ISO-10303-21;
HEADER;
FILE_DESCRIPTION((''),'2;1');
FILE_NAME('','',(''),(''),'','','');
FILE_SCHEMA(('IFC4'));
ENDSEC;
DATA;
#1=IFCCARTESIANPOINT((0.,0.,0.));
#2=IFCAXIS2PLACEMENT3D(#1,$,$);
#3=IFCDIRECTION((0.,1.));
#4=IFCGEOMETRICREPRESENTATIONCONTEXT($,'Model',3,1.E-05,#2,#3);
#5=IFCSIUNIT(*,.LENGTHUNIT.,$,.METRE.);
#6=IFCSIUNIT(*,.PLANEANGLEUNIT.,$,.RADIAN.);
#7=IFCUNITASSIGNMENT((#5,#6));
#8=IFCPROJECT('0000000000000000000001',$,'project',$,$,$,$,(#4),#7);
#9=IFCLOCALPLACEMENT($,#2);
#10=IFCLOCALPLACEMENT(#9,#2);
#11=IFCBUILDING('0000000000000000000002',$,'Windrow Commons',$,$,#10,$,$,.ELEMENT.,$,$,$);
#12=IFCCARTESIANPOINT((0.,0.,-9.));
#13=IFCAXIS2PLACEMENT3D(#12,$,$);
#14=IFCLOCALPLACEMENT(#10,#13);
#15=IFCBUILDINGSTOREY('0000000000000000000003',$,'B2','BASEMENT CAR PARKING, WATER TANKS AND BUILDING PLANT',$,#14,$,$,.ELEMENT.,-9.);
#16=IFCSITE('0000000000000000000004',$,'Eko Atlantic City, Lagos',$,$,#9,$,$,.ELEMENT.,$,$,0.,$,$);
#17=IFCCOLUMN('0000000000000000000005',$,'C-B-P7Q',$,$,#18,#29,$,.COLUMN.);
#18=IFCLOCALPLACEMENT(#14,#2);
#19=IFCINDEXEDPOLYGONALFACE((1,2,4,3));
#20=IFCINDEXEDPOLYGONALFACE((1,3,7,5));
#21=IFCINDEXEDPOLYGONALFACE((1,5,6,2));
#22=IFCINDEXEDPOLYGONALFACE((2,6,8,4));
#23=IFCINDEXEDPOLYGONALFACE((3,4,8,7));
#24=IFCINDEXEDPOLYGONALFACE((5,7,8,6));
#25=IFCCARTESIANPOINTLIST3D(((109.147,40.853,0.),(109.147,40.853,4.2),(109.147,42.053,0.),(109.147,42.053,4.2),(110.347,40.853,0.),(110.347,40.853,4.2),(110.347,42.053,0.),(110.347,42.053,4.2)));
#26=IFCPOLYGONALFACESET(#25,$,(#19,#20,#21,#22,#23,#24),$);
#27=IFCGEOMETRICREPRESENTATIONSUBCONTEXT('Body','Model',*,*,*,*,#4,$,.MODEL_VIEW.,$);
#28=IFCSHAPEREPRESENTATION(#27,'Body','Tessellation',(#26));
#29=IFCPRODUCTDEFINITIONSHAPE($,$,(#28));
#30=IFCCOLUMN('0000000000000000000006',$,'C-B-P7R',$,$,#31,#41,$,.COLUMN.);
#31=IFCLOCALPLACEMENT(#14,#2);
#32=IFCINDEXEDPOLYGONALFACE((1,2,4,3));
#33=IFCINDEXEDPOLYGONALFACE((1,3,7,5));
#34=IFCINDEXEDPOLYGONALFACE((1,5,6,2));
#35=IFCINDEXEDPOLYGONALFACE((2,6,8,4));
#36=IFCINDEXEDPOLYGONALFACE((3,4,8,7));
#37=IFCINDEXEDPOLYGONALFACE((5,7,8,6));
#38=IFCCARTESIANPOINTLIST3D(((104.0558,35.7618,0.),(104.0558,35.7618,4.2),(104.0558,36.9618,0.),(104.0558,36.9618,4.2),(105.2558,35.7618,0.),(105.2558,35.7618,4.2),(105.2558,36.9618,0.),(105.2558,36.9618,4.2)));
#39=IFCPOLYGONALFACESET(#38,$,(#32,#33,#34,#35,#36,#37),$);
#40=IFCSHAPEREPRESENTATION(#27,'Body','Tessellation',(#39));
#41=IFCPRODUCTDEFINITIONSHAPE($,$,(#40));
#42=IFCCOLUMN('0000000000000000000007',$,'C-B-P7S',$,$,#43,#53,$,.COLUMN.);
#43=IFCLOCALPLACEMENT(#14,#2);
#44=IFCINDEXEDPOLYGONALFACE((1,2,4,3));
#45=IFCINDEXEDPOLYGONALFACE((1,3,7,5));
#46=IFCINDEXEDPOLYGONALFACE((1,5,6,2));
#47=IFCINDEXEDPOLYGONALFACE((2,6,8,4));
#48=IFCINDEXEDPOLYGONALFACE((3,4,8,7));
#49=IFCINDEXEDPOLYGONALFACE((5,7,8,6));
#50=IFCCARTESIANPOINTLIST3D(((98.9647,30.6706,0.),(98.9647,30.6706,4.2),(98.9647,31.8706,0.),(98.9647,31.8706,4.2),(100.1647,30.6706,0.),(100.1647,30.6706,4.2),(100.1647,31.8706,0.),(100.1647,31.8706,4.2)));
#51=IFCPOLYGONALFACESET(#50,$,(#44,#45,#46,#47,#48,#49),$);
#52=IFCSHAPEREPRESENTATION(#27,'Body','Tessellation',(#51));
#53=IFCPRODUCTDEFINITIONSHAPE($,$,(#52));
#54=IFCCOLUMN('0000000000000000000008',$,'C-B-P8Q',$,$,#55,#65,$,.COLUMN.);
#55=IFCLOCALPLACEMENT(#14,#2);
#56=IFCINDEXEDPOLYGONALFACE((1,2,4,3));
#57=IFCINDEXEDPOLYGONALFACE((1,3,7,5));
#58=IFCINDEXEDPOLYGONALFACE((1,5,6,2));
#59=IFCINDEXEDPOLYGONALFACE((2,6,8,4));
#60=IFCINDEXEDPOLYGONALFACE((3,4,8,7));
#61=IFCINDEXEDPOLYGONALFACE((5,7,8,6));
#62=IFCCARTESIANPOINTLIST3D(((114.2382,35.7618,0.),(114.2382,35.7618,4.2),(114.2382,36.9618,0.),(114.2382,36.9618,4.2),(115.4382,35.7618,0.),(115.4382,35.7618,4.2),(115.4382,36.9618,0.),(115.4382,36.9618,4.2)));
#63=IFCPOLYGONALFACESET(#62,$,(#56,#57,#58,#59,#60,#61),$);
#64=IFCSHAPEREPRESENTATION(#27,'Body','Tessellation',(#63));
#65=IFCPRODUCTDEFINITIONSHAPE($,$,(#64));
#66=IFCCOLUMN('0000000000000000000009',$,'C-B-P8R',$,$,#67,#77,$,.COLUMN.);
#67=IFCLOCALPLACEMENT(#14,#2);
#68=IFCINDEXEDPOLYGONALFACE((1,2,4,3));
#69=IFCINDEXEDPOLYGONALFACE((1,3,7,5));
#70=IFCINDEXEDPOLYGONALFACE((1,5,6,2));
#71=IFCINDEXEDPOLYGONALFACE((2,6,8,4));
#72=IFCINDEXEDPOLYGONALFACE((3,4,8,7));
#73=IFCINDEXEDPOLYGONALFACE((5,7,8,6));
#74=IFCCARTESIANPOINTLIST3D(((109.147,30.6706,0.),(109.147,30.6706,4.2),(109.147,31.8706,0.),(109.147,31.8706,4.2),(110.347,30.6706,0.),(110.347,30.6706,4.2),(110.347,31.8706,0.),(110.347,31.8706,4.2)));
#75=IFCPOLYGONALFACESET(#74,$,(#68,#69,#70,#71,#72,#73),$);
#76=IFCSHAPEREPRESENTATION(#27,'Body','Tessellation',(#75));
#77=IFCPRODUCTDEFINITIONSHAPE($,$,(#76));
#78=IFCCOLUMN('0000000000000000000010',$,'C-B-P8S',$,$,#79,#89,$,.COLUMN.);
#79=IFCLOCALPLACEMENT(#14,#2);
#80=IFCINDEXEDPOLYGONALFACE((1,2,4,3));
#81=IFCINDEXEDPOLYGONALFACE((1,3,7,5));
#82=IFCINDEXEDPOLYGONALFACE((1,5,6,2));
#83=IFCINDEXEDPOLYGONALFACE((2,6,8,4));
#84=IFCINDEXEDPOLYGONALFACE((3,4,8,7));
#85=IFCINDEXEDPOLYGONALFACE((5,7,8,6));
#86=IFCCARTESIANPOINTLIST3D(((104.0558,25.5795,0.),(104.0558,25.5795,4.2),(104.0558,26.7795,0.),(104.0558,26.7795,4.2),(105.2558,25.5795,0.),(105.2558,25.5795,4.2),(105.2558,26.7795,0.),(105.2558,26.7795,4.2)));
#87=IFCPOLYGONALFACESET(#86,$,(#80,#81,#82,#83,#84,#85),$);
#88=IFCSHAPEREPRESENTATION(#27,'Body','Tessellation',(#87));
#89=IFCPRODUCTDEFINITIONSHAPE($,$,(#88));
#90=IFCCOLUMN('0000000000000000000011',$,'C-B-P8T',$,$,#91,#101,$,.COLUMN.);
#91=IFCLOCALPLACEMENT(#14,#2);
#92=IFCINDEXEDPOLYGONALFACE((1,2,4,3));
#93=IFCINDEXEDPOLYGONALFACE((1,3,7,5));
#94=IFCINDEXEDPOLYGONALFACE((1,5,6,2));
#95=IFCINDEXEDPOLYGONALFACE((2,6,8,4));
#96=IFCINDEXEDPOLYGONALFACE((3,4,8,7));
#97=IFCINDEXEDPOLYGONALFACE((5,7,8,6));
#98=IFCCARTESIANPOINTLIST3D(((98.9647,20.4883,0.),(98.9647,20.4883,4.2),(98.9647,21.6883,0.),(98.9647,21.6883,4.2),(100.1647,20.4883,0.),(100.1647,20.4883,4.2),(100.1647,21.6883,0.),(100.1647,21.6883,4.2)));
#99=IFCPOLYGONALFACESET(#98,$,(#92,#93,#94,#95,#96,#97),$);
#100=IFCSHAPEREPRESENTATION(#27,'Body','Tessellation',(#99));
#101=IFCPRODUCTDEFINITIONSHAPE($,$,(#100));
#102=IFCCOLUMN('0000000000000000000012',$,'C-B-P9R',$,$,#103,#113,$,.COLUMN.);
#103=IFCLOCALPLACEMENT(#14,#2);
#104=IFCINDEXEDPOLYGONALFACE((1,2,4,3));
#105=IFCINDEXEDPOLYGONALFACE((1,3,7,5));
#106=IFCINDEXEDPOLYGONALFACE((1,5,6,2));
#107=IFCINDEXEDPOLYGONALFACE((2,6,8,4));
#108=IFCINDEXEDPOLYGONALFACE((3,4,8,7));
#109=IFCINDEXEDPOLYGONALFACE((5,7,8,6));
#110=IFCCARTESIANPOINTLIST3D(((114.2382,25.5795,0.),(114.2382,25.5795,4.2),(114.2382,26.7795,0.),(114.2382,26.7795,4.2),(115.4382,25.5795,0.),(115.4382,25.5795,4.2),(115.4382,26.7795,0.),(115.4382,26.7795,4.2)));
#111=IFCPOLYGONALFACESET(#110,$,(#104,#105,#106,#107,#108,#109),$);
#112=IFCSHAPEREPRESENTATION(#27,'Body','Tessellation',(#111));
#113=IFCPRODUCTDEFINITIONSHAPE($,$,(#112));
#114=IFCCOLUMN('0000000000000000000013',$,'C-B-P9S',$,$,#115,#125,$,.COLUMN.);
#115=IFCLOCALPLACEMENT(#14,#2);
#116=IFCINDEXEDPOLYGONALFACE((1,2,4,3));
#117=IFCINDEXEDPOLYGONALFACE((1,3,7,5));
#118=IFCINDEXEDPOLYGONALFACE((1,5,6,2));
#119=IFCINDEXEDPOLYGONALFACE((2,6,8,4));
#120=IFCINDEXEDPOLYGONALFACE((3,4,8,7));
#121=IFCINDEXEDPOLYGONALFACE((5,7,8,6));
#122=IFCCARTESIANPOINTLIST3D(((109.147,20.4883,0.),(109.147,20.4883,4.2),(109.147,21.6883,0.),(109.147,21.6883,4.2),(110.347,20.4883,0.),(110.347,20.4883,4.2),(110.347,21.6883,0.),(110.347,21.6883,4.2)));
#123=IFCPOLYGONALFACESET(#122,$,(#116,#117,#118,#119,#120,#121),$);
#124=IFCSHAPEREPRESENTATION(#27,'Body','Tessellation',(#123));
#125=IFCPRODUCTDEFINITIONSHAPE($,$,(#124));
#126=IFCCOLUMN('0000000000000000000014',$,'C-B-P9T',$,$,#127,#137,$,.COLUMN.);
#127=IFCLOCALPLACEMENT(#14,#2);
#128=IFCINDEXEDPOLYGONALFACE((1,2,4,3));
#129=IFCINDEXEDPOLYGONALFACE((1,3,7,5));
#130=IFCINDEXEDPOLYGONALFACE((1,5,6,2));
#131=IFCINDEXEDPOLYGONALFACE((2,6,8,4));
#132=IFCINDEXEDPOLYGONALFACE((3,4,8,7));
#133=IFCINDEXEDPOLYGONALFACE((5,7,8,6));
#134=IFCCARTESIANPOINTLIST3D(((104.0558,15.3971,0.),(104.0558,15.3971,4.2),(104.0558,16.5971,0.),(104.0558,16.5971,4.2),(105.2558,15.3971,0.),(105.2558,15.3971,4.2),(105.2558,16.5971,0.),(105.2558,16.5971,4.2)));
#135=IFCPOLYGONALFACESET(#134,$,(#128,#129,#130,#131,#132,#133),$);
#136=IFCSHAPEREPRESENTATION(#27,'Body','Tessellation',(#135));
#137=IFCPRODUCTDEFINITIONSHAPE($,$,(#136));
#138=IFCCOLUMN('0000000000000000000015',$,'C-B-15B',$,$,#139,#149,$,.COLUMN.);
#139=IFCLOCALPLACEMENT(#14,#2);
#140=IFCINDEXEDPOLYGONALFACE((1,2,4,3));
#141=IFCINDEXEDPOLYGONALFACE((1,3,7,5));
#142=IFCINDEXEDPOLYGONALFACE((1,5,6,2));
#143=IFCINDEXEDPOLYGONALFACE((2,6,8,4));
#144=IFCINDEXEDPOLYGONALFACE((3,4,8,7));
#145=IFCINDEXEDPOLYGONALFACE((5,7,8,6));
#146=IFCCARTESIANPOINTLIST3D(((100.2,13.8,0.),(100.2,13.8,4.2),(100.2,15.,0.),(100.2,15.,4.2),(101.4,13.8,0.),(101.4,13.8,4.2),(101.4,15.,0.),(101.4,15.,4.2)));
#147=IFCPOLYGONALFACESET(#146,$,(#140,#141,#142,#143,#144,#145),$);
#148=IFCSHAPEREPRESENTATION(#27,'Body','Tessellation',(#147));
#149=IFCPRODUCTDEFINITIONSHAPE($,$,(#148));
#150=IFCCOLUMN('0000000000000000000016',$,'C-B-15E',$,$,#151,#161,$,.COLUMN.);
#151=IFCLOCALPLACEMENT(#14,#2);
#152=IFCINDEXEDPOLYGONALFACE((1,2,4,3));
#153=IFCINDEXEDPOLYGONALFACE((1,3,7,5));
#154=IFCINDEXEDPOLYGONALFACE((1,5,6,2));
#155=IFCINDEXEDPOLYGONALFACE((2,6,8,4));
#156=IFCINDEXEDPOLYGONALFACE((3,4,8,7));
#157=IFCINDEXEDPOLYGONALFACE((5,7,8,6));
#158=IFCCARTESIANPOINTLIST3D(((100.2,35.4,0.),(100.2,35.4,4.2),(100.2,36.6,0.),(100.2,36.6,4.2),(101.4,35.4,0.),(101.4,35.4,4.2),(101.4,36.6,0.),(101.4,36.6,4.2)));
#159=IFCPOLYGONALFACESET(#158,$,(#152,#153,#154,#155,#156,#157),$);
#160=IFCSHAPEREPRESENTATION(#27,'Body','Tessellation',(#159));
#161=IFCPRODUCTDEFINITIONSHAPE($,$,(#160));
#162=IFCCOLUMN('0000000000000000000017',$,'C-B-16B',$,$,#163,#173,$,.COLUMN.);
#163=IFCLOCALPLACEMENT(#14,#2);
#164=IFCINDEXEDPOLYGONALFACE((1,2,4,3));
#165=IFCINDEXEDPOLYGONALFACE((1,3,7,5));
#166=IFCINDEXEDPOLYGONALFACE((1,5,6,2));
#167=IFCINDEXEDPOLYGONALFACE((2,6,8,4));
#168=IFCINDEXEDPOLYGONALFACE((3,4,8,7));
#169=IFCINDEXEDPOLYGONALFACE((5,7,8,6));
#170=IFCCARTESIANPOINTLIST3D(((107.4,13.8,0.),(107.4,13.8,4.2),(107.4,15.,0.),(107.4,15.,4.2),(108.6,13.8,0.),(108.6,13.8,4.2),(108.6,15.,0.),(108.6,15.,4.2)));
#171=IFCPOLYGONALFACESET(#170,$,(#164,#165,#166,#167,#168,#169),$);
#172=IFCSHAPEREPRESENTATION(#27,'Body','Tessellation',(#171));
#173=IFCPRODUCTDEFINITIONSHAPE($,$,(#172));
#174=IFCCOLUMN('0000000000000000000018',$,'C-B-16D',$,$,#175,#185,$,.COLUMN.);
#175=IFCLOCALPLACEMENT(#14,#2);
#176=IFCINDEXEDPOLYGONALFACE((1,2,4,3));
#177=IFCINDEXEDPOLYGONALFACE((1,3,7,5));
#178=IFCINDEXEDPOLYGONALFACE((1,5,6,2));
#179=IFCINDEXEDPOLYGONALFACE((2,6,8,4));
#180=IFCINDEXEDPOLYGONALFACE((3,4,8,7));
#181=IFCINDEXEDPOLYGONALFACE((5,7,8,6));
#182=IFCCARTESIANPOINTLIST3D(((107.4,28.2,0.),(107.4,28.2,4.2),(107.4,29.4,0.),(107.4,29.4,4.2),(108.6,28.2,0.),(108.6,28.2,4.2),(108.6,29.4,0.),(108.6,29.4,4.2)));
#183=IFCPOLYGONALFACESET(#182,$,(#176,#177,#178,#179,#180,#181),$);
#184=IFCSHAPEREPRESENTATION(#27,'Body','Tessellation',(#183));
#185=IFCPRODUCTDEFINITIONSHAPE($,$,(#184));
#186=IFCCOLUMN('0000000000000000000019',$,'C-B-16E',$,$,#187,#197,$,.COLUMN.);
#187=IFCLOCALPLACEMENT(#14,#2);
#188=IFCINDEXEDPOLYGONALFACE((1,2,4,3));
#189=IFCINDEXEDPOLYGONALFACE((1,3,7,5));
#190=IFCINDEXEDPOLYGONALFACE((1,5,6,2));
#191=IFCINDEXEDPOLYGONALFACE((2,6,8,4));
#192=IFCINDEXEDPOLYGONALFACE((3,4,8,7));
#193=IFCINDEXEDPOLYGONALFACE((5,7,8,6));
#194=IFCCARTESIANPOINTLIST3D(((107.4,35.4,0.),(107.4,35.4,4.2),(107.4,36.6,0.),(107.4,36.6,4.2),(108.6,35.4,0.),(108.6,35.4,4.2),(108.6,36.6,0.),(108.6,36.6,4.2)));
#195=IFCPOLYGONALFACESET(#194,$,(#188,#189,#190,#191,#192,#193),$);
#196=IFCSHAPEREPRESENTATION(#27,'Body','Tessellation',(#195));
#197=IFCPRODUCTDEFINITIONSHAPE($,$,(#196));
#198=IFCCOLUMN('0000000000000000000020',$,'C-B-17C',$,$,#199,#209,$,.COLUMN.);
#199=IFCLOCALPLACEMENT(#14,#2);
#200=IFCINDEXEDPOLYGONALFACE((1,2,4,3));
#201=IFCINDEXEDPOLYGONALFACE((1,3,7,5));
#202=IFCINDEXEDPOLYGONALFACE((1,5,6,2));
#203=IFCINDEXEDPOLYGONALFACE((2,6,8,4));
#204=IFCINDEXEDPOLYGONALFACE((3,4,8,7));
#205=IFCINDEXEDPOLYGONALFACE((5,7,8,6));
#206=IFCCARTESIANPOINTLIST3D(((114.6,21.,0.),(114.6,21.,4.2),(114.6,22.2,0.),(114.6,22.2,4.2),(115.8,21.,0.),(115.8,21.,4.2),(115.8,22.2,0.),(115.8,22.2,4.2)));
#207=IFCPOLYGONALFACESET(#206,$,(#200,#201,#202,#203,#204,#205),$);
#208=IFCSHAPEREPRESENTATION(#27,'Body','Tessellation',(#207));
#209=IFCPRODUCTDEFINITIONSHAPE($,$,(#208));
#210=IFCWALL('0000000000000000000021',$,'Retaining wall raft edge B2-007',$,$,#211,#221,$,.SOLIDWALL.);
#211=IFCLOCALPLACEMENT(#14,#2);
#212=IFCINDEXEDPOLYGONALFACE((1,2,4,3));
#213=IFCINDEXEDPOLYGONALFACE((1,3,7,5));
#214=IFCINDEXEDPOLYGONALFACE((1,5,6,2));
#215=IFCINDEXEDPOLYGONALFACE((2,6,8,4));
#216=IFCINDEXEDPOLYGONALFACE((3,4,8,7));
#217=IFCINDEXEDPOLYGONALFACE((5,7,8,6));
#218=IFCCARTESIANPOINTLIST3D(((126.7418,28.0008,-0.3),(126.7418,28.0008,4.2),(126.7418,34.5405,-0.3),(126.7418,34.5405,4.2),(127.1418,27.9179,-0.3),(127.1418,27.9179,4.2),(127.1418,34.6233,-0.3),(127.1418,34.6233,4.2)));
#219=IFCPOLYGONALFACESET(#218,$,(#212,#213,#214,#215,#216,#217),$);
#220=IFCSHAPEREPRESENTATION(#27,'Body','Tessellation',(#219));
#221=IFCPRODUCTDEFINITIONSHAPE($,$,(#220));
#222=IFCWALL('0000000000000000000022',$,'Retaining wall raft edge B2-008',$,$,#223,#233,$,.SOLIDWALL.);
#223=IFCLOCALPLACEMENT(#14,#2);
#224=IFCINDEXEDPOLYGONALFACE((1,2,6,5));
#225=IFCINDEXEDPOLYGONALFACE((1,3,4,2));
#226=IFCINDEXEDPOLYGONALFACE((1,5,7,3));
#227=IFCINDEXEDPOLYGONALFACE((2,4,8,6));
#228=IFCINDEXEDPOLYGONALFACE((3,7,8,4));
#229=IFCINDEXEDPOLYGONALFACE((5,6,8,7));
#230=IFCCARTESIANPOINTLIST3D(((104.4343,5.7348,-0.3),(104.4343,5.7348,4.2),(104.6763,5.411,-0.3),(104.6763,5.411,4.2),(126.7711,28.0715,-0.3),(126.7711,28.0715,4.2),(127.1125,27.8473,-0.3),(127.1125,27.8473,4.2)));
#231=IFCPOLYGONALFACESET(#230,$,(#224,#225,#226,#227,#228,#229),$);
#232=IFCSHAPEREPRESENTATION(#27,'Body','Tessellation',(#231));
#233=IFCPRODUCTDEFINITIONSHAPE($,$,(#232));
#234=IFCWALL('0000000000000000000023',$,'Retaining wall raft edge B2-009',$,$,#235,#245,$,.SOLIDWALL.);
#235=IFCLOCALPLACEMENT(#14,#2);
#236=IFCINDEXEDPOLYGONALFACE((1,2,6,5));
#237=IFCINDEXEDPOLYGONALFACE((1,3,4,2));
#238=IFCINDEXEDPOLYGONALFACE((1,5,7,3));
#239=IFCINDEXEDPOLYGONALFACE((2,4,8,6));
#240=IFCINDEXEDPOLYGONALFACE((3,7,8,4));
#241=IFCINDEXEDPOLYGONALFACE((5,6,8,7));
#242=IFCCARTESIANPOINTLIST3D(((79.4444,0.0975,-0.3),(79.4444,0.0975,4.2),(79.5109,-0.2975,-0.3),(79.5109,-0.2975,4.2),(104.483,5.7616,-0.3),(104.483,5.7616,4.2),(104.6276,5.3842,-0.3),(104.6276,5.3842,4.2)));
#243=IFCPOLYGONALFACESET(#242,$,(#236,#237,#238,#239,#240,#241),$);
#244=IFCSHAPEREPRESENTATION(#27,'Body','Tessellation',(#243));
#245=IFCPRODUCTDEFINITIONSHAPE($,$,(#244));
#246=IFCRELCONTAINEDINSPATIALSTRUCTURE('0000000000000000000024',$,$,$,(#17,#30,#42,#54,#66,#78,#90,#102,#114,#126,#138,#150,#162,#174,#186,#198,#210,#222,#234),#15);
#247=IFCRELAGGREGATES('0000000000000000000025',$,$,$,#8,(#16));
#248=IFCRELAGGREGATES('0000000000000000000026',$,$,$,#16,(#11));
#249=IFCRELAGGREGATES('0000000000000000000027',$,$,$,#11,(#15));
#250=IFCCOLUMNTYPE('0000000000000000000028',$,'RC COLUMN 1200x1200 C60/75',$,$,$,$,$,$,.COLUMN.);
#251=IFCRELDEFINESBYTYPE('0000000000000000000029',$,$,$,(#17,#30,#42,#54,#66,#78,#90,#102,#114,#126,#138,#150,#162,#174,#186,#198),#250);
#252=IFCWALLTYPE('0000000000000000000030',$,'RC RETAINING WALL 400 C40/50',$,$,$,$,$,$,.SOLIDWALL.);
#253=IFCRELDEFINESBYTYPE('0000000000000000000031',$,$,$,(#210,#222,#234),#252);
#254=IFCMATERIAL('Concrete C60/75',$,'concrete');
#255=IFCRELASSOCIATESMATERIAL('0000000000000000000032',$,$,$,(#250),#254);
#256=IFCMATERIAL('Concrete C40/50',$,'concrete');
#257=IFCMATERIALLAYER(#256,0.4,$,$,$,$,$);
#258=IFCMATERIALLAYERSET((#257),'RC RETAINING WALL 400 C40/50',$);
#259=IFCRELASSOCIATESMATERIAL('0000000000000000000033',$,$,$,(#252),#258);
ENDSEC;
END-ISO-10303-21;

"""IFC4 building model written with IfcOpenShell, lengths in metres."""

from ifc_helpers import new_model, si_unit, direction, frame, origin, origin_2d, place, context, subcontext, project, spatial, polyline, rectangle, outline, extrude, material, layer, layer_set, material_profile, profile_set, type_object, element, save


model = new_model("IFC4")

# Units and contexts
model_context = context("Model", 3, precision=1e-05, world=origin(), true_north=direction((0.0, 1.0)))
body_context = subcontext(model_context, "Body", "Model", "MODEL_VIEW")
ifc_project = project(units=[si_unit("LENGTHUNIT", "METRE"), si_unit("PLANEANGLEUNIT", "RADIAN")], contexts=[model_context])

# Site, building, storey
site_placement = place(None, origin())
site = spatial("IfcSite", under=ifc_project, at=site_placement, Name="Eko Atlantic City, Lagos", CompositionType="ELEMENT", RefElevation=0.0)
building_placement = place(site_placement, origin())
building = spatial("IfcBuilding", under=site, at=building_placement, Name="Windrow Commons", CompositionType="ELEMENT")
storey_placement = place(building_placement, frame((0.0, 0.0, -9.0)))
storey = spatial("IfcBuildingStorey", under=building, at=storey_placement, Name="B2", Description="BASEMENT CAR PARKING, WATER TANKS AND BUILDING PLANT", CompositionType="ELEMENT", Elevation=-9.0)

# Columns
ifc_material_1 = material(Name="Concrete C60/75", Category="concrete")
ifc_material_profile_1 = material_profile(ifc_material_1, rectangle(XDim=1.2, YDim=1.2, at=origin_2d()))
ifc_profile_set_1 = profile_set([ifc_material_profile_1], Name="Concrete C60/75")
column_type = type_object("IfcColumnType", Name="RC COLUMN 1200x1200 C60/75", PredefinedType="COLUMN", material=ifc_profile_set_1)
for number, where, z_axis, x_axis, name in (
    (1, (109.747, 41.453, 0.0), (0.0, 0.0, 1.0), (1.0, 0.0, 0.0), "C-B-P7Q"),
    (2, (104.6558, 36.3618, 0.0), (0.0, 0.0, 1.0), (1.0, 0.0, 0.0), "C-B-P7R"),
    (3, (99.5647, 31.2706, 0.0), (0.0, 0.0, 1.0), (1.0, 0.0, 0.0), "C-B-P7S"),
    (4, (114.8382, 36.3618, 0.0), (0.0, 0.0, 1.0), (1.0, 0.0, 0.0), "C-B-P8Q"),
    (5, (109.747, 31.2706, 0.0), (0.0, 0.0, 1.0), (1.0, 0.0, 0.0), "C-B-P8R"),
    (6, (104.6558, 26.1795, 0.0), (0.0, 0.0, 1.0), (1.0, 0.0, 0.0), "C-B-P8S"),
    (7, (99.5647, 21.0883, 0.0), (0.0, 0.0, 1.0), (1.0, 0.0, 0.0), "C-B-P8T"),
    (8, (114.8382, 26.1795, 0.0), (0.0, 0.0, 1.0), (1.0, 0.0, 0.0), "C-B-P9R"),
    (9, (109.747, 21.0883, 0.0), (0.0, 0.0, 1.0), (1.0, 0.0, 0.0), "C-B-P9S"),
    (10, (104.6558, 15.9971, 0.0), (0.0, 0.0, 1.0), (1.0, 0.0, 0.0), "C-B-P9T"),
    (11, (100.8, 14.4, 0.0), (0.0, 0.0, 1.0), (1.0, 0.0, 0.0), "C-B-15B"),
    (12, (100.8, 36.0, 0.0), (0.0, 0.0, 1.0), (1.0, 0.0, 0.0), "C-B-15E"),
    (13, (108.0, 14.4, 0.0), (0.0, 0.0, 1.0), (1.0, 0.0, 0.0), "C-B-16B"),
    (14, (108.0, 28.8, 0.0), (0.0, 0.0, 1.0), (1.0, 0.0, 0.0), "C-B-16D"),
    (15, (108.0, 36.0, 0.0), (0.0, 0.0, 1.0), (1.0, 0.0, 0.0), "C-B-16E"),
    (16, (115.2, 21.6, 0.0), (0.0, 0.0, 1.0), (1.0, 0.0, 0.0), "C-B-17C"),
):
    element("IfcColumn", number, at=place(storey_placement, frame(where, z_axis=z_axis, x_axis=x_axis)), inside=storey, type_object=column_type, Name=name, PredefinedType="COLUMN", context=body_context, shape_type="SweptSolid", body=[
        extrude(rectangle(XDim=1.2, YDim=1.2, at=origin_2d()), origin(), (0.0, 0.0, 1.0), 4.2),
    ])

# Walls
ifc_material_2 = material(Name="Concrete C40/50", Category="concrete")
ifc_layer = layer(ifc_material_2, 0.4)
ifc_layer_set = layer_set([ifc_layer], Name="RC RETAINING WALL 400 C40/50")
wall_type = type_object("IfcWallType", Name="RC RETAINING WALL 400 C40/50", PredefinedType="SOLIDWALL", material=ifc_layer_set)
wall_1_placement = place(storey_placement, frame((126.9418, 34.5819, -0.3), z_axis=(0.0, 0.0, 1.0), x_axis=(0.0, -1.0, 0.0)))
element("IfcWall", 17, at=wall_1_placement, inside=storey, type_object=wall_type, Name="Retaining wall raft edge B2-007", PredefinedType="SOLIDWALL", context=body_context, shape_type="SweptSolid", body=[
    extrude(outline(polyline([(0.0414, -0.2), (6.5811, -0.2), (6.664, 0.2), (-0.0414, 0.2), (0.0414, -0.2)])), origin(), (0.0, 0.0, 1.0), 4.5),
])
wall_2_placement = place(storey_placement, frame((126.9418, 27.9594, -0.3), z_axis=(0.0, 0.0, 1.0), x_axis=(-0.707107, -0.707107, 0.0)))
element("IfcWall", 18, at=wall_2_placement, inside=storey, type_object=wall_type, Name="Retaining wall raft edge B2-008", PredefinedType="SOLIDWALL", context=body_context, shape_type="SweptSolid", body=[
    extrude(outline(polyline([(0.0414, -0.2), (31.6304, -0.2), (31.6882, 0.2), (-0.0414, 0.2), (0.0414, -0.2)])), origin(), (0.0, 0.0, 1.0), 4.5),
])
wall_3_placement = place(storey_placement, frame((104.5553, 5.5729, -0.3), z_axis=(0.0, 0.0, 1.0), x_axis=(-0.975356, -0.220639, 0.0)))
element("IfcWall", 19, at=wall_3_placement, inside=storey, type_object=wall_type, Name="Retaining wall raft edge B2-009", PredefinedType="SOLIDWALL", context=body_context, shape_type="SweptSolid", body=[
    extrude(outline(polyline([(0.0289, -0.2), (25.7001, -0.2), (25.7224, 0.2), (-0.0289, 0.2), (0.0289, -0.2)])), origin(), (0.0, 0.0, 1.0), 4.5),
])

save(model, "model.ifc")
